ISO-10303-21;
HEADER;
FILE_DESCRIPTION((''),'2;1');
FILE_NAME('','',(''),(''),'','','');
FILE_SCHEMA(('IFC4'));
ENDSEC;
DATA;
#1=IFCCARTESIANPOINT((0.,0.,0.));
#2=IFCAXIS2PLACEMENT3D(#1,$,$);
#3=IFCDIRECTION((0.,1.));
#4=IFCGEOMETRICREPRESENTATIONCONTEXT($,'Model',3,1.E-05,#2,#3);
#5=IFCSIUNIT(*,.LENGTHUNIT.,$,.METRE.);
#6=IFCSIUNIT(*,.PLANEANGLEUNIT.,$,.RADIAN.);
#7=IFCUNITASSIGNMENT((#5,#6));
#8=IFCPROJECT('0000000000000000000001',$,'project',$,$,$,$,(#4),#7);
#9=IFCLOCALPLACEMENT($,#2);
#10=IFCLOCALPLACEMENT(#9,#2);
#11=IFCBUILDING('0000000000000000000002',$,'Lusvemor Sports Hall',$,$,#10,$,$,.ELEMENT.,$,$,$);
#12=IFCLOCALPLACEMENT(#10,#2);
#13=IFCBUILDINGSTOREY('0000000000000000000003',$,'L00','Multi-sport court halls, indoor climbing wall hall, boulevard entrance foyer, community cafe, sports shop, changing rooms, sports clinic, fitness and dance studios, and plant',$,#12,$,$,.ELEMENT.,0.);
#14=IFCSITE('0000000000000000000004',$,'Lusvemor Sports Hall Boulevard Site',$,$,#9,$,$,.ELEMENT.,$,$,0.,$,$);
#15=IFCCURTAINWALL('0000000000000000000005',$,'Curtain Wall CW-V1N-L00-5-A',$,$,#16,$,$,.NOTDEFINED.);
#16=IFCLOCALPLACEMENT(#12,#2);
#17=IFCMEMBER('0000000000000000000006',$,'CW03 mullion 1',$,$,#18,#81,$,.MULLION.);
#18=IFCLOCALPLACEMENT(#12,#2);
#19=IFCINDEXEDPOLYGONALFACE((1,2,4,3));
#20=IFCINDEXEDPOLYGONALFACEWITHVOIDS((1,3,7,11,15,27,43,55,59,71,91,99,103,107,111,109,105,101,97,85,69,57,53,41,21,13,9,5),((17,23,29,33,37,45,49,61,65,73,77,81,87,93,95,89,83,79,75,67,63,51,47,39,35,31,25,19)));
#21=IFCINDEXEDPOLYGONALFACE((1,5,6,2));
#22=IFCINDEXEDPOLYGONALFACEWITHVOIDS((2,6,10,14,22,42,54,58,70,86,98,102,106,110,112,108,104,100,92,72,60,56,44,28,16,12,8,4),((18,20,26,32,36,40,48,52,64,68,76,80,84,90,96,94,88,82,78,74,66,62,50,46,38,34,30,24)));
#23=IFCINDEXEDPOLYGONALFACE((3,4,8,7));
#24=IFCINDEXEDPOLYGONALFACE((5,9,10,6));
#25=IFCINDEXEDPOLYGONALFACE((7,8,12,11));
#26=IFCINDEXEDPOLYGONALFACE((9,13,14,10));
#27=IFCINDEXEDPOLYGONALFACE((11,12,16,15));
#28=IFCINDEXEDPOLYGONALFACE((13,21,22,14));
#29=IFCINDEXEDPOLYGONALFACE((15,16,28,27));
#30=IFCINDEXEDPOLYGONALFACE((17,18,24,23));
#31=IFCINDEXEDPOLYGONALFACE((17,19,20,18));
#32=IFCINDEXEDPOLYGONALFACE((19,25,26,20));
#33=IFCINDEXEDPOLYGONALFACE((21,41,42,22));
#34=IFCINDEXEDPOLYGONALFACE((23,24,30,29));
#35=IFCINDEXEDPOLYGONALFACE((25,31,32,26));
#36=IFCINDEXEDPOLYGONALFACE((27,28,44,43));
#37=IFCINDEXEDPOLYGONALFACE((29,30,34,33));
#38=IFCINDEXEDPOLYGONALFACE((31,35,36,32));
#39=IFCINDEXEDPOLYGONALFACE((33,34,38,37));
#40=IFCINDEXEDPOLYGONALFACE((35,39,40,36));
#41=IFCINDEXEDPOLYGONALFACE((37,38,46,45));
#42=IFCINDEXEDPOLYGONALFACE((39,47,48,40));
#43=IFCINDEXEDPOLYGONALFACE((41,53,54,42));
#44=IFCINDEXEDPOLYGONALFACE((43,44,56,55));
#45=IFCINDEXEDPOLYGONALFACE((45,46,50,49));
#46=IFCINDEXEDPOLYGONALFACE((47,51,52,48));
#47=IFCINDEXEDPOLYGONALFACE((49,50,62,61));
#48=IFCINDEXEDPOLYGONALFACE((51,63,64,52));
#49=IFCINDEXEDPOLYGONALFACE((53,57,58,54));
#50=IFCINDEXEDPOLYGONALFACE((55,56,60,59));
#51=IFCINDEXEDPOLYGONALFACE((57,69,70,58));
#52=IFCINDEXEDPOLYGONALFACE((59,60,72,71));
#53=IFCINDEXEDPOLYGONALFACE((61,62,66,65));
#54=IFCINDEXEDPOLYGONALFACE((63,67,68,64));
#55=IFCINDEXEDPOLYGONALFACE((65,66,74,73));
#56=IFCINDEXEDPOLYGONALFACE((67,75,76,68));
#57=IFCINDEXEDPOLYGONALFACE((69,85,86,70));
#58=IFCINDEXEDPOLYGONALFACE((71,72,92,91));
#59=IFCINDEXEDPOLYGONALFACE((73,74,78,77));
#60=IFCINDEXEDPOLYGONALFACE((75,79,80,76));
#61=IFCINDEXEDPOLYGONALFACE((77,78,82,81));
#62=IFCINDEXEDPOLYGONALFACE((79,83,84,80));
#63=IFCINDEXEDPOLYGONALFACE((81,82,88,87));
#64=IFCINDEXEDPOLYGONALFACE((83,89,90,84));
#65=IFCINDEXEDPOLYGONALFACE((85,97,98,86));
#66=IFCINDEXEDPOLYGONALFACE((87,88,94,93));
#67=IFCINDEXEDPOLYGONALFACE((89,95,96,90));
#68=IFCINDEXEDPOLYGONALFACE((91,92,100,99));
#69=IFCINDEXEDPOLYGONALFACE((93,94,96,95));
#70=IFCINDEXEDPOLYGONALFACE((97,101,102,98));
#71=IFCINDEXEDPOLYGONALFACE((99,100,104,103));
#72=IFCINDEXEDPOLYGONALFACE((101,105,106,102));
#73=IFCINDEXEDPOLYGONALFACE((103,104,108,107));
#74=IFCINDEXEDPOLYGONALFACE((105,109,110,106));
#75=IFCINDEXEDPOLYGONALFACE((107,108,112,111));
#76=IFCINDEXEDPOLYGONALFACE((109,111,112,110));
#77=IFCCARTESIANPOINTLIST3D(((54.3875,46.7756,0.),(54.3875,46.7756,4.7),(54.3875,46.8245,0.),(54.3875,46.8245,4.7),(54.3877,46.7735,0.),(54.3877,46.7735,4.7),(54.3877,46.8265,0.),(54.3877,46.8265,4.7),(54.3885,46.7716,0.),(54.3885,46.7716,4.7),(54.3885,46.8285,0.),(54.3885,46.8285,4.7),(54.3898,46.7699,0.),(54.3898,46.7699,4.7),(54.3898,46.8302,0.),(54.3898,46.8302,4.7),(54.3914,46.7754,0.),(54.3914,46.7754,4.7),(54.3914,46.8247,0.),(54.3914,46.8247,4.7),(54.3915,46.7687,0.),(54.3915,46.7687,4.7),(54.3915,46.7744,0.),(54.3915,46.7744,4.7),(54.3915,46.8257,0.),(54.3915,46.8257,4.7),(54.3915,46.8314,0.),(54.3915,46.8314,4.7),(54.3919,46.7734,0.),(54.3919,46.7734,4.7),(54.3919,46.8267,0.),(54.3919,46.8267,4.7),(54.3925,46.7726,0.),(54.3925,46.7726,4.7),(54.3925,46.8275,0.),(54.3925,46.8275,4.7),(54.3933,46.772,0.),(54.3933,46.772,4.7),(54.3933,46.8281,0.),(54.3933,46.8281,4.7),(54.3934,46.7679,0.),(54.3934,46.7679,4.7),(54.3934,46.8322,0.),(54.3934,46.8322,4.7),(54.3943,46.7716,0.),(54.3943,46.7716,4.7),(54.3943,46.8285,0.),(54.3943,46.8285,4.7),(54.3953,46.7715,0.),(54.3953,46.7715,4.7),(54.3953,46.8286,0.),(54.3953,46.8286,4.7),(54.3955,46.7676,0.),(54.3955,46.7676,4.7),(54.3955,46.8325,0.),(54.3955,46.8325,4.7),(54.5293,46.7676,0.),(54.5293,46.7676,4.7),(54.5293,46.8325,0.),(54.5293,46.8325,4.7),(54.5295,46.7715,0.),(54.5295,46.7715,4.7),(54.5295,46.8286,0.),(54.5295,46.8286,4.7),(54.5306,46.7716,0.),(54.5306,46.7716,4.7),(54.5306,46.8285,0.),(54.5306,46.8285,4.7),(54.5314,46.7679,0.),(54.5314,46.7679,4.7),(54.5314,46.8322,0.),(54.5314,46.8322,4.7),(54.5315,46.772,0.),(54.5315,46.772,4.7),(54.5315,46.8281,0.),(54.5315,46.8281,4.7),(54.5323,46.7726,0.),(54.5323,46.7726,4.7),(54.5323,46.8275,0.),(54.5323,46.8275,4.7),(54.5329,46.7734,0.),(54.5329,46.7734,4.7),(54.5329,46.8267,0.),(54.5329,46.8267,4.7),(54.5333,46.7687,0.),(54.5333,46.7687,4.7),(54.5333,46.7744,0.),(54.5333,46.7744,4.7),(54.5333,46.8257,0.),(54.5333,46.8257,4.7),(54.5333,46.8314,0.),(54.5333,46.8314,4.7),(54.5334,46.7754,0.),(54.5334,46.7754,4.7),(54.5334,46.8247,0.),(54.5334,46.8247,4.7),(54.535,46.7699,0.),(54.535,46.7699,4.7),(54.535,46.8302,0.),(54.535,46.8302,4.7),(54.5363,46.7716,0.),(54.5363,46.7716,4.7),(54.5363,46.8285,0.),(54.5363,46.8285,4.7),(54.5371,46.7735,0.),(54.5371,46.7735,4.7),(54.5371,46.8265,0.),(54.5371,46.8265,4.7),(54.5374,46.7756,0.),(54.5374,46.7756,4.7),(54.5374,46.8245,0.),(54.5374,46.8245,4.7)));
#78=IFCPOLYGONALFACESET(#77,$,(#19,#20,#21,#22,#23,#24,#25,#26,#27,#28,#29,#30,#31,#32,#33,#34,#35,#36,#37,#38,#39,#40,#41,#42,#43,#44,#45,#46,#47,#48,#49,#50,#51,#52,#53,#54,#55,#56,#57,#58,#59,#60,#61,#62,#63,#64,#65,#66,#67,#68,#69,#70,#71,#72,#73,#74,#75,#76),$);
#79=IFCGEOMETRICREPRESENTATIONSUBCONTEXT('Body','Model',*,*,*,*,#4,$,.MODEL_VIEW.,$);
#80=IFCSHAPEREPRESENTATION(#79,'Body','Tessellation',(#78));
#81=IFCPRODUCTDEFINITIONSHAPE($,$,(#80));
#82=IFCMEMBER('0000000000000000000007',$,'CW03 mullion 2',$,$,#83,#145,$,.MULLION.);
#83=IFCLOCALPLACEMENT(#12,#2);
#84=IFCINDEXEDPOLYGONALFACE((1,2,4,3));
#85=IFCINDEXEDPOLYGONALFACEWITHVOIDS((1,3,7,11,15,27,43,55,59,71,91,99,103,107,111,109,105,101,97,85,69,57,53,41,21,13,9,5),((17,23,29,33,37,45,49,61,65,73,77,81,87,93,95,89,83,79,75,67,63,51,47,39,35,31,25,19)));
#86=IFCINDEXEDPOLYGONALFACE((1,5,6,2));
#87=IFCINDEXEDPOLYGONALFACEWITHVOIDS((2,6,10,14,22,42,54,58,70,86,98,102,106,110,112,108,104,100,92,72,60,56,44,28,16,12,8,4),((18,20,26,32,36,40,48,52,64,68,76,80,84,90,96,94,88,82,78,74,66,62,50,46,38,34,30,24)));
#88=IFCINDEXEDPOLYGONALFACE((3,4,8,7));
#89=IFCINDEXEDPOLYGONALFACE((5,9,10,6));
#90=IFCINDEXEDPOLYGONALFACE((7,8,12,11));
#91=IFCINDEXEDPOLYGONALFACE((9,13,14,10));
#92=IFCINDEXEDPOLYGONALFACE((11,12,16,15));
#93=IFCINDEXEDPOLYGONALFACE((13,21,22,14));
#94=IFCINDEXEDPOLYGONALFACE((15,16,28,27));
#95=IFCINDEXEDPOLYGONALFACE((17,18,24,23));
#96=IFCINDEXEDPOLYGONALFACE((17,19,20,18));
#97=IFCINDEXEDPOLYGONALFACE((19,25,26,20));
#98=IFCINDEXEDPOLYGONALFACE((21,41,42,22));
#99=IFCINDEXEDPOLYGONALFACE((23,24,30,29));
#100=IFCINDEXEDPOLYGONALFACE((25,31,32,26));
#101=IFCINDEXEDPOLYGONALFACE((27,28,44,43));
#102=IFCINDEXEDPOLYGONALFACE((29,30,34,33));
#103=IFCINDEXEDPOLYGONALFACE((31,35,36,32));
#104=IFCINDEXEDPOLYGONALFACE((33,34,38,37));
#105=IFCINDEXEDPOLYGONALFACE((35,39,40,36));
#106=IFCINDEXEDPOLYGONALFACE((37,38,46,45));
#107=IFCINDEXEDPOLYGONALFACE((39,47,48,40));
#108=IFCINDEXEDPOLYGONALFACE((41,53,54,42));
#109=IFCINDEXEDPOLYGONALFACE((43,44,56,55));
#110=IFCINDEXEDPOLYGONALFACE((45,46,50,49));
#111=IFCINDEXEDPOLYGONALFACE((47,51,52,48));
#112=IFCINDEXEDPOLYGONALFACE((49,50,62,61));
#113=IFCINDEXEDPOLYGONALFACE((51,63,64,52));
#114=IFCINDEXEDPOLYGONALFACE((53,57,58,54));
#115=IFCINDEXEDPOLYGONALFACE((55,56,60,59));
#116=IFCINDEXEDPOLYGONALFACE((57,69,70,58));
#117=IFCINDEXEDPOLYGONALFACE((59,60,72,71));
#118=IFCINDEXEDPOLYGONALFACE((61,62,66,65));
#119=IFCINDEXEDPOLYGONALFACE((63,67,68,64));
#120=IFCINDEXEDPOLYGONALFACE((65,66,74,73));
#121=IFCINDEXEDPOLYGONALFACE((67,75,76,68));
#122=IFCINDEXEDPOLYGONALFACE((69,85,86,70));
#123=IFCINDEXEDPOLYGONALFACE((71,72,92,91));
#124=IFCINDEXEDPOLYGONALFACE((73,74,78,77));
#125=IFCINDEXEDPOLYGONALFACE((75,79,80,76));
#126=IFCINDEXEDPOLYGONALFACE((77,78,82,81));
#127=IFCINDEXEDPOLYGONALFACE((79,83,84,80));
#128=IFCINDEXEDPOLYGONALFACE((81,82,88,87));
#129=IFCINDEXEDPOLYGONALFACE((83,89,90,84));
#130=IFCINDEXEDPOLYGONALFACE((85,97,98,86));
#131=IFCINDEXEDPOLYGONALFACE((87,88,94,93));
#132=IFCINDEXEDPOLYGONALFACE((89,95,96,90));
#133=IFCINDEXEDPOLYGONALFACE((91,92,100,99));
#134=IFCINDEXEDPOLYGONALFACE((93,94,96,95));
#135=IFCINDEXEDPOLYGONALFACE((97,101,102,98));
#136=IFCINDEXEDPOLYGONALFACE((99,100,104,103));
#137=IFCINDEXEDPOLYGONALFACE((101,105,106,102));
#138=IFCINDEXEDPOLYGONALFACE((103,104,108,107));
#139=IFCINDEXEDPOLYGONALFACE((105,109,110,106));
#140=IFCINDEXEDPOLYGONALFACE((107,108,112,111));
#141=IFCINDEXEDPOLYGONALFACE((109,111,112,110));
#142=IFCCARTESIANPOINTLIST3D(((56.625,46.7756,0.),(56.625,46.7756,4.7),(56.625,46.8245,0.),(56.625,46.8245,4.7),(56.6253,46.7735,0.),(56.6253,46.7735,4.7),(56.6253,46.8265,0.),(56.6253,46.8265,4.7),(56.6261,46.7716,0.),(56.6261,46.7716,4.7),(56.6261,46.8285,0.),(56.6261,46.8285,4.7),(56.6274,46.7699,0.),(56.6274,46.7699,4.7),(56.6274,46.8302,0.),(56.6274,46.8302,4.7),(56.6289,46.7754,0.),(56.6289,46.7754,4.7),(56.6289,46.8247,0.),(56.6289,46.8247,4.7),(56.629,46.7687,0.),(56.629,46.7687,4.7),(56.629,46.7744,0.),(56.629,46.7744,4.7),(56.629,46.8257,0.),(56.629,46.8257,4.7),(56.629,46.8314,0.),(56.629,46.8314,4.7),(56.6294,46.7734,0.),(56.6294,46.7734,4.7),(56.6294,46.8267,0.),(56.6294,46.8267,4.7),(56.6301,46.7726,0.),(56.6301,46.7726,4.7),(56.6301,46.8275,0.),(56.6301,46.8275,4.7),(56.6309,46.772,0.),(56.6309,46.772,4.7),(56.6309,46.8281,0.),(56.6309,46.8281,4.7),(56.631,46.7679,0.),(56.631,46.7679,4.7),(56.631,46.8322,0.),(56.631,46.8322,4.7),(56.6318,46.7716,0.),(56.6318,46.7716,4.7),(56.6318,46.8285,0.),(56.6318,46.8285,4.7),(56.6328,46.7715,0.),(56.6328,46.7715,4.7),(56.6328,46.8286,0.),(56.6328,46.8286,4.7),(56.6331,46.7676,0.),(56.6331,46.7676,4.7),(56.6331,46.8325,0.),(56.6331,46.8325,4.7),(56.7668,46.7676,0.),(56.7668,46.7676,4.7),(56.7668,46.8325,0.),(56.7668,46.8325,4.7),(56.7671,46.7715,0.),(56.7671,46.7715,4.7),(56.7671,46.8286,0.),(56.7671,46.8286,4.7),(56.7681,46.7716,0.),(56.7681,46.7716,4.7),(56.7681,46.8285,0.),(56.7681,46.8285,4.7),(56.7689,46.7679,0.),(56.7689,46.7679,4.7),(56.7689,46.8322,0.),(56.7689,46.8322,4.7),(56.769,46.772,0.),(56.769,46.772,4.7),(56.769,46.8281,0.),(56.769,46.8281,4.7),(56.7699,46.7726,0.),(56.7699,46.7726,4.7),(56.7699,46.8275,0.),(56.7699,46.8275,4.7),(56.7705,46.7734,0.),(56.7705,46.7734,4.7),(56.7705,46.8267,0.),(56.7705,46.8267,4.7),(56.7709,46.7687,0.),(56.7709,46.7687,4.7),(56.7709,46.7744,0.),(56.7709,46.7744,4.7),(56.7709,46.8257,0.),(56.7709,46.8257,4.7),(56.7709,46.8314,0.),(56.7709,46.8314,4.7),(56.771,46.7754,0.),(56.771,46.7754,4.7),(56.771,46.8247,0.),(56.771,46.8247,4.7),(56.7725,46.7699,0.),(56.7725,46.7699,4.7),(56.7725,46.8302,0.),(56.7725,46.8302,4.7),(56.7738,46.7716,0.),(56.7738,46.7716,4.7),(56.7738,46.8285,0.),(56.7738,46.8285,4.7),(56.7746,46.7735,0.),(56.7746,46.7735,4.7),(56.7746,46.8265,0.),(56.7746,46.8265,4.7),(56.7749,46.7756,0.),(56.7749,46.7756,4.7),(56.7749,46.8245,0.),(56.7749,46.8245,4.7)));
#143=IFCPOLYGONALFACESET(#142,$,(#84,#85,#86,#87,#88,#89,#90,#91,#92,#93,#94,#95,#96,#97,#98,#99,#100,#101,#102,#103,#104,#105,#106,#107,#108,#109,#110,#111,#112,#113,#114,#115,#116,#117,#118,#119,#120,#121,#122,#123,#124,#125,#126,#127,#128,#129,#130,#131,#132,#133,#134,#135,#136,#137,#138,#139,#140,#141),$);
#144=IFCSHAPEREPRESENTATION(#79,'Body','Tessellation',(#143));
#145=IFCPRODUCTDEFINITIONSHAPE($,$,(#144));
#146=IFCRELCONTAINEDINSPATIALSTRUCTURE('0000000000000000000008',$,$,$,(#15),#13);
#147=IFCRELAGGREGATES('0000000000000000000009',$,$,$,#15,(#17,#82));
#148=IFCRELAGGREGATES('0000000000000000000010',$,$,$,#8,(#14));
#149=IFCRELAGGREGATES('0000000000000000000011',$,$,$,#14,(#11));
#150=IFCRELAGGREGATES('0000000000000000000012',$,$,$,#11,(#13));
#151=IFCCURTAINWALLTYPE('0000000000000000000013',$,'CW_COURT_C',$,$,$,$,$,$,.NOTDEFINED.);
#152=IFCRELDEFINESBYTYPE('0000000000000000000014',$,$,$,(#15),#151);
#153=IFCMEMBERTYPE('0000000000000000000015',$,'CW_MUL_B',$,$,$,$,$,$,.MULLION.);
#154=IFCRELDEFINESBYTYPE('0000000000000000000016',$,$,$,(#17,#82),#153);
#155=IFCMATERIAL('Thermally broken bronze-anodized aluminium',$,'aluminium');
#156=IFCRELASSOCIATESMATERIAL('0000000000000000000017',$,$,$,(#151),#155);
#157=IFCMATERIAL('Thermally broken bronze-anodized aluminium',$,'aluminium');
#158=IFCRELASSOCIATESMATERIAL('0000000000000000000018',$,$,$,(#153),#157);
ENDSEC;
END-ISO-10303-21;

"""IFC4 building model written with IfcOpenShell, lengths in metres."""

from ifc_helpers import new_model, si_unit, direction, frame, origin, origin_2d, place, context, subcontext, project, spatial, hollow_rectangle, extrude, material, material_profile, profile_set, type_object, element, aggregate, save


model = new_model("IFC4")

# Units and contexts
model_context = context("Model", 3, precision=1e-05, world=origin(), true_north=direction((0.0, 1.0)))
body_context = subcontext(model_context, "Body", "Model", "MODEL_VIEW")
ifc_project = project(units=[si_unit("LENGTHUNIT", "METRE"), si_unit("PLANEANGLEUNIT", "RADIAN")], contexts=[model_context])

# Site, building, storey
site_placement = place(None, origin())
site = spatial("IfcSite", under=ifc_project, at=site_placement, Name="Lusvemor Sports Hall Boulevard Site", CompositionType="ELEMENT", RefElevation=0.0)
building_placement = place(site_placement, origin())
building = spatial("IfcBuilding", under=site, at=building_placement, Name="Lusvemor Sports Hall", CompositionType="ELEMENT")
storey_placement = place(building_placement, origin())
storey = spatial("IfcBuildingStorey", under=building, at=storey_placement, Name="L00", Description="Multi-sport court halls, indoor climbing wall hall, boulevard entrance foyer, community cafe, sports shop, changing rooms, sports clinic, fitness and dance studios, and plant", CompositionType="ELEMENT", Elevation=0.0)

# Curtain wall, members
ifc_material_1 = material(Name="Thermally broken bronze-anodized aluminium", Category="aluminium")
curtain_wall_type = type_object("IfcCurtainWallType", Name="CW_COURT_C", PredefinedType="NOTDEFINED", material=ifc_material_1)
curtain_wall_placement = place(storey_placement, origin())
curtain_wall = element("IfcCurtainWall", 1, at=curtain_wall_placement, inside=storey, type_object=curtain_wall_type, Name="Curtain Wall CW-V1N-L00-5-A", PredefinedType="NOTDEFINED")
ifc_material_2 = material(Name="Thermally broken bronze-anodized aluminium", Category="aluminium")
ifc_material_profile_1 = material_profile(ifc_material_2, hollow_rectangle(XDim=0.0649, YDim=0.1499, WallThickness=0.0039, InnerFilletRadius=0.0039, OuterFilletRadius=0.0081, at=origin_2d()), Name="CWMUL150x65x4")
ifc_profile_set_1 = profile_set([ifc_material_profile_1], Name="Thermally broken bronze-anodized aluminium")
member_type_1 = type_object("IfcMemberType", Name="CW_MUL_B", PredefinedType="MULLION", material=ifc_profile_set_1)
member_1_placement = place(storey_placement, frame((54.4624, 46.8, 0.0), z_axis=(0.0, 0.0, 1.0), x_axis=(0.0, 1.0, 0.0)))
member_1 = element("IfcMember", 2, at=member_1_placement, type_object=member_type_1, Name="CW03 mullion 1", PredefinedType="MULLION", context=body_context, shape_type="SweptSolid", body=[
    extrude(hollow_rectangle(XDim=0.0649, YDim=0.1499, WallThickness=0.0039, InnerFilletRadius=0.0039, OuterFilletRadius=0.0081, at=origin_2d()), origin(), (0.0, 0.0, 1.0), 4.7),
])
member_2_placement = place(storey_placement, frame((56.7, 46.8, 0.0), z_axis=(0.0, 0.0, 1.0), x_axis=(0.0, 1.0, 0.0)))
member_2 = element("IfcMember", 3, at=member_2_placement, type_object=member_type_1, Name="CW03 mullion 2", PredefinedType="MULLION", context=body_context, shape_type="SweptSolid", body=[
    extrude(hollow_rectangle(XDim=0.0649, YDim=0.1499, WallThickness=0.0039, InnerFilletRadius=0.0039, OuterFilletRadius=0.0081, at=origin_2d()), origin(), (0.0, 0.0, 1.0), 4.7),
])
aggregate(curtain_wall, [member_1, member_2])

save(model, "model.ifc")
